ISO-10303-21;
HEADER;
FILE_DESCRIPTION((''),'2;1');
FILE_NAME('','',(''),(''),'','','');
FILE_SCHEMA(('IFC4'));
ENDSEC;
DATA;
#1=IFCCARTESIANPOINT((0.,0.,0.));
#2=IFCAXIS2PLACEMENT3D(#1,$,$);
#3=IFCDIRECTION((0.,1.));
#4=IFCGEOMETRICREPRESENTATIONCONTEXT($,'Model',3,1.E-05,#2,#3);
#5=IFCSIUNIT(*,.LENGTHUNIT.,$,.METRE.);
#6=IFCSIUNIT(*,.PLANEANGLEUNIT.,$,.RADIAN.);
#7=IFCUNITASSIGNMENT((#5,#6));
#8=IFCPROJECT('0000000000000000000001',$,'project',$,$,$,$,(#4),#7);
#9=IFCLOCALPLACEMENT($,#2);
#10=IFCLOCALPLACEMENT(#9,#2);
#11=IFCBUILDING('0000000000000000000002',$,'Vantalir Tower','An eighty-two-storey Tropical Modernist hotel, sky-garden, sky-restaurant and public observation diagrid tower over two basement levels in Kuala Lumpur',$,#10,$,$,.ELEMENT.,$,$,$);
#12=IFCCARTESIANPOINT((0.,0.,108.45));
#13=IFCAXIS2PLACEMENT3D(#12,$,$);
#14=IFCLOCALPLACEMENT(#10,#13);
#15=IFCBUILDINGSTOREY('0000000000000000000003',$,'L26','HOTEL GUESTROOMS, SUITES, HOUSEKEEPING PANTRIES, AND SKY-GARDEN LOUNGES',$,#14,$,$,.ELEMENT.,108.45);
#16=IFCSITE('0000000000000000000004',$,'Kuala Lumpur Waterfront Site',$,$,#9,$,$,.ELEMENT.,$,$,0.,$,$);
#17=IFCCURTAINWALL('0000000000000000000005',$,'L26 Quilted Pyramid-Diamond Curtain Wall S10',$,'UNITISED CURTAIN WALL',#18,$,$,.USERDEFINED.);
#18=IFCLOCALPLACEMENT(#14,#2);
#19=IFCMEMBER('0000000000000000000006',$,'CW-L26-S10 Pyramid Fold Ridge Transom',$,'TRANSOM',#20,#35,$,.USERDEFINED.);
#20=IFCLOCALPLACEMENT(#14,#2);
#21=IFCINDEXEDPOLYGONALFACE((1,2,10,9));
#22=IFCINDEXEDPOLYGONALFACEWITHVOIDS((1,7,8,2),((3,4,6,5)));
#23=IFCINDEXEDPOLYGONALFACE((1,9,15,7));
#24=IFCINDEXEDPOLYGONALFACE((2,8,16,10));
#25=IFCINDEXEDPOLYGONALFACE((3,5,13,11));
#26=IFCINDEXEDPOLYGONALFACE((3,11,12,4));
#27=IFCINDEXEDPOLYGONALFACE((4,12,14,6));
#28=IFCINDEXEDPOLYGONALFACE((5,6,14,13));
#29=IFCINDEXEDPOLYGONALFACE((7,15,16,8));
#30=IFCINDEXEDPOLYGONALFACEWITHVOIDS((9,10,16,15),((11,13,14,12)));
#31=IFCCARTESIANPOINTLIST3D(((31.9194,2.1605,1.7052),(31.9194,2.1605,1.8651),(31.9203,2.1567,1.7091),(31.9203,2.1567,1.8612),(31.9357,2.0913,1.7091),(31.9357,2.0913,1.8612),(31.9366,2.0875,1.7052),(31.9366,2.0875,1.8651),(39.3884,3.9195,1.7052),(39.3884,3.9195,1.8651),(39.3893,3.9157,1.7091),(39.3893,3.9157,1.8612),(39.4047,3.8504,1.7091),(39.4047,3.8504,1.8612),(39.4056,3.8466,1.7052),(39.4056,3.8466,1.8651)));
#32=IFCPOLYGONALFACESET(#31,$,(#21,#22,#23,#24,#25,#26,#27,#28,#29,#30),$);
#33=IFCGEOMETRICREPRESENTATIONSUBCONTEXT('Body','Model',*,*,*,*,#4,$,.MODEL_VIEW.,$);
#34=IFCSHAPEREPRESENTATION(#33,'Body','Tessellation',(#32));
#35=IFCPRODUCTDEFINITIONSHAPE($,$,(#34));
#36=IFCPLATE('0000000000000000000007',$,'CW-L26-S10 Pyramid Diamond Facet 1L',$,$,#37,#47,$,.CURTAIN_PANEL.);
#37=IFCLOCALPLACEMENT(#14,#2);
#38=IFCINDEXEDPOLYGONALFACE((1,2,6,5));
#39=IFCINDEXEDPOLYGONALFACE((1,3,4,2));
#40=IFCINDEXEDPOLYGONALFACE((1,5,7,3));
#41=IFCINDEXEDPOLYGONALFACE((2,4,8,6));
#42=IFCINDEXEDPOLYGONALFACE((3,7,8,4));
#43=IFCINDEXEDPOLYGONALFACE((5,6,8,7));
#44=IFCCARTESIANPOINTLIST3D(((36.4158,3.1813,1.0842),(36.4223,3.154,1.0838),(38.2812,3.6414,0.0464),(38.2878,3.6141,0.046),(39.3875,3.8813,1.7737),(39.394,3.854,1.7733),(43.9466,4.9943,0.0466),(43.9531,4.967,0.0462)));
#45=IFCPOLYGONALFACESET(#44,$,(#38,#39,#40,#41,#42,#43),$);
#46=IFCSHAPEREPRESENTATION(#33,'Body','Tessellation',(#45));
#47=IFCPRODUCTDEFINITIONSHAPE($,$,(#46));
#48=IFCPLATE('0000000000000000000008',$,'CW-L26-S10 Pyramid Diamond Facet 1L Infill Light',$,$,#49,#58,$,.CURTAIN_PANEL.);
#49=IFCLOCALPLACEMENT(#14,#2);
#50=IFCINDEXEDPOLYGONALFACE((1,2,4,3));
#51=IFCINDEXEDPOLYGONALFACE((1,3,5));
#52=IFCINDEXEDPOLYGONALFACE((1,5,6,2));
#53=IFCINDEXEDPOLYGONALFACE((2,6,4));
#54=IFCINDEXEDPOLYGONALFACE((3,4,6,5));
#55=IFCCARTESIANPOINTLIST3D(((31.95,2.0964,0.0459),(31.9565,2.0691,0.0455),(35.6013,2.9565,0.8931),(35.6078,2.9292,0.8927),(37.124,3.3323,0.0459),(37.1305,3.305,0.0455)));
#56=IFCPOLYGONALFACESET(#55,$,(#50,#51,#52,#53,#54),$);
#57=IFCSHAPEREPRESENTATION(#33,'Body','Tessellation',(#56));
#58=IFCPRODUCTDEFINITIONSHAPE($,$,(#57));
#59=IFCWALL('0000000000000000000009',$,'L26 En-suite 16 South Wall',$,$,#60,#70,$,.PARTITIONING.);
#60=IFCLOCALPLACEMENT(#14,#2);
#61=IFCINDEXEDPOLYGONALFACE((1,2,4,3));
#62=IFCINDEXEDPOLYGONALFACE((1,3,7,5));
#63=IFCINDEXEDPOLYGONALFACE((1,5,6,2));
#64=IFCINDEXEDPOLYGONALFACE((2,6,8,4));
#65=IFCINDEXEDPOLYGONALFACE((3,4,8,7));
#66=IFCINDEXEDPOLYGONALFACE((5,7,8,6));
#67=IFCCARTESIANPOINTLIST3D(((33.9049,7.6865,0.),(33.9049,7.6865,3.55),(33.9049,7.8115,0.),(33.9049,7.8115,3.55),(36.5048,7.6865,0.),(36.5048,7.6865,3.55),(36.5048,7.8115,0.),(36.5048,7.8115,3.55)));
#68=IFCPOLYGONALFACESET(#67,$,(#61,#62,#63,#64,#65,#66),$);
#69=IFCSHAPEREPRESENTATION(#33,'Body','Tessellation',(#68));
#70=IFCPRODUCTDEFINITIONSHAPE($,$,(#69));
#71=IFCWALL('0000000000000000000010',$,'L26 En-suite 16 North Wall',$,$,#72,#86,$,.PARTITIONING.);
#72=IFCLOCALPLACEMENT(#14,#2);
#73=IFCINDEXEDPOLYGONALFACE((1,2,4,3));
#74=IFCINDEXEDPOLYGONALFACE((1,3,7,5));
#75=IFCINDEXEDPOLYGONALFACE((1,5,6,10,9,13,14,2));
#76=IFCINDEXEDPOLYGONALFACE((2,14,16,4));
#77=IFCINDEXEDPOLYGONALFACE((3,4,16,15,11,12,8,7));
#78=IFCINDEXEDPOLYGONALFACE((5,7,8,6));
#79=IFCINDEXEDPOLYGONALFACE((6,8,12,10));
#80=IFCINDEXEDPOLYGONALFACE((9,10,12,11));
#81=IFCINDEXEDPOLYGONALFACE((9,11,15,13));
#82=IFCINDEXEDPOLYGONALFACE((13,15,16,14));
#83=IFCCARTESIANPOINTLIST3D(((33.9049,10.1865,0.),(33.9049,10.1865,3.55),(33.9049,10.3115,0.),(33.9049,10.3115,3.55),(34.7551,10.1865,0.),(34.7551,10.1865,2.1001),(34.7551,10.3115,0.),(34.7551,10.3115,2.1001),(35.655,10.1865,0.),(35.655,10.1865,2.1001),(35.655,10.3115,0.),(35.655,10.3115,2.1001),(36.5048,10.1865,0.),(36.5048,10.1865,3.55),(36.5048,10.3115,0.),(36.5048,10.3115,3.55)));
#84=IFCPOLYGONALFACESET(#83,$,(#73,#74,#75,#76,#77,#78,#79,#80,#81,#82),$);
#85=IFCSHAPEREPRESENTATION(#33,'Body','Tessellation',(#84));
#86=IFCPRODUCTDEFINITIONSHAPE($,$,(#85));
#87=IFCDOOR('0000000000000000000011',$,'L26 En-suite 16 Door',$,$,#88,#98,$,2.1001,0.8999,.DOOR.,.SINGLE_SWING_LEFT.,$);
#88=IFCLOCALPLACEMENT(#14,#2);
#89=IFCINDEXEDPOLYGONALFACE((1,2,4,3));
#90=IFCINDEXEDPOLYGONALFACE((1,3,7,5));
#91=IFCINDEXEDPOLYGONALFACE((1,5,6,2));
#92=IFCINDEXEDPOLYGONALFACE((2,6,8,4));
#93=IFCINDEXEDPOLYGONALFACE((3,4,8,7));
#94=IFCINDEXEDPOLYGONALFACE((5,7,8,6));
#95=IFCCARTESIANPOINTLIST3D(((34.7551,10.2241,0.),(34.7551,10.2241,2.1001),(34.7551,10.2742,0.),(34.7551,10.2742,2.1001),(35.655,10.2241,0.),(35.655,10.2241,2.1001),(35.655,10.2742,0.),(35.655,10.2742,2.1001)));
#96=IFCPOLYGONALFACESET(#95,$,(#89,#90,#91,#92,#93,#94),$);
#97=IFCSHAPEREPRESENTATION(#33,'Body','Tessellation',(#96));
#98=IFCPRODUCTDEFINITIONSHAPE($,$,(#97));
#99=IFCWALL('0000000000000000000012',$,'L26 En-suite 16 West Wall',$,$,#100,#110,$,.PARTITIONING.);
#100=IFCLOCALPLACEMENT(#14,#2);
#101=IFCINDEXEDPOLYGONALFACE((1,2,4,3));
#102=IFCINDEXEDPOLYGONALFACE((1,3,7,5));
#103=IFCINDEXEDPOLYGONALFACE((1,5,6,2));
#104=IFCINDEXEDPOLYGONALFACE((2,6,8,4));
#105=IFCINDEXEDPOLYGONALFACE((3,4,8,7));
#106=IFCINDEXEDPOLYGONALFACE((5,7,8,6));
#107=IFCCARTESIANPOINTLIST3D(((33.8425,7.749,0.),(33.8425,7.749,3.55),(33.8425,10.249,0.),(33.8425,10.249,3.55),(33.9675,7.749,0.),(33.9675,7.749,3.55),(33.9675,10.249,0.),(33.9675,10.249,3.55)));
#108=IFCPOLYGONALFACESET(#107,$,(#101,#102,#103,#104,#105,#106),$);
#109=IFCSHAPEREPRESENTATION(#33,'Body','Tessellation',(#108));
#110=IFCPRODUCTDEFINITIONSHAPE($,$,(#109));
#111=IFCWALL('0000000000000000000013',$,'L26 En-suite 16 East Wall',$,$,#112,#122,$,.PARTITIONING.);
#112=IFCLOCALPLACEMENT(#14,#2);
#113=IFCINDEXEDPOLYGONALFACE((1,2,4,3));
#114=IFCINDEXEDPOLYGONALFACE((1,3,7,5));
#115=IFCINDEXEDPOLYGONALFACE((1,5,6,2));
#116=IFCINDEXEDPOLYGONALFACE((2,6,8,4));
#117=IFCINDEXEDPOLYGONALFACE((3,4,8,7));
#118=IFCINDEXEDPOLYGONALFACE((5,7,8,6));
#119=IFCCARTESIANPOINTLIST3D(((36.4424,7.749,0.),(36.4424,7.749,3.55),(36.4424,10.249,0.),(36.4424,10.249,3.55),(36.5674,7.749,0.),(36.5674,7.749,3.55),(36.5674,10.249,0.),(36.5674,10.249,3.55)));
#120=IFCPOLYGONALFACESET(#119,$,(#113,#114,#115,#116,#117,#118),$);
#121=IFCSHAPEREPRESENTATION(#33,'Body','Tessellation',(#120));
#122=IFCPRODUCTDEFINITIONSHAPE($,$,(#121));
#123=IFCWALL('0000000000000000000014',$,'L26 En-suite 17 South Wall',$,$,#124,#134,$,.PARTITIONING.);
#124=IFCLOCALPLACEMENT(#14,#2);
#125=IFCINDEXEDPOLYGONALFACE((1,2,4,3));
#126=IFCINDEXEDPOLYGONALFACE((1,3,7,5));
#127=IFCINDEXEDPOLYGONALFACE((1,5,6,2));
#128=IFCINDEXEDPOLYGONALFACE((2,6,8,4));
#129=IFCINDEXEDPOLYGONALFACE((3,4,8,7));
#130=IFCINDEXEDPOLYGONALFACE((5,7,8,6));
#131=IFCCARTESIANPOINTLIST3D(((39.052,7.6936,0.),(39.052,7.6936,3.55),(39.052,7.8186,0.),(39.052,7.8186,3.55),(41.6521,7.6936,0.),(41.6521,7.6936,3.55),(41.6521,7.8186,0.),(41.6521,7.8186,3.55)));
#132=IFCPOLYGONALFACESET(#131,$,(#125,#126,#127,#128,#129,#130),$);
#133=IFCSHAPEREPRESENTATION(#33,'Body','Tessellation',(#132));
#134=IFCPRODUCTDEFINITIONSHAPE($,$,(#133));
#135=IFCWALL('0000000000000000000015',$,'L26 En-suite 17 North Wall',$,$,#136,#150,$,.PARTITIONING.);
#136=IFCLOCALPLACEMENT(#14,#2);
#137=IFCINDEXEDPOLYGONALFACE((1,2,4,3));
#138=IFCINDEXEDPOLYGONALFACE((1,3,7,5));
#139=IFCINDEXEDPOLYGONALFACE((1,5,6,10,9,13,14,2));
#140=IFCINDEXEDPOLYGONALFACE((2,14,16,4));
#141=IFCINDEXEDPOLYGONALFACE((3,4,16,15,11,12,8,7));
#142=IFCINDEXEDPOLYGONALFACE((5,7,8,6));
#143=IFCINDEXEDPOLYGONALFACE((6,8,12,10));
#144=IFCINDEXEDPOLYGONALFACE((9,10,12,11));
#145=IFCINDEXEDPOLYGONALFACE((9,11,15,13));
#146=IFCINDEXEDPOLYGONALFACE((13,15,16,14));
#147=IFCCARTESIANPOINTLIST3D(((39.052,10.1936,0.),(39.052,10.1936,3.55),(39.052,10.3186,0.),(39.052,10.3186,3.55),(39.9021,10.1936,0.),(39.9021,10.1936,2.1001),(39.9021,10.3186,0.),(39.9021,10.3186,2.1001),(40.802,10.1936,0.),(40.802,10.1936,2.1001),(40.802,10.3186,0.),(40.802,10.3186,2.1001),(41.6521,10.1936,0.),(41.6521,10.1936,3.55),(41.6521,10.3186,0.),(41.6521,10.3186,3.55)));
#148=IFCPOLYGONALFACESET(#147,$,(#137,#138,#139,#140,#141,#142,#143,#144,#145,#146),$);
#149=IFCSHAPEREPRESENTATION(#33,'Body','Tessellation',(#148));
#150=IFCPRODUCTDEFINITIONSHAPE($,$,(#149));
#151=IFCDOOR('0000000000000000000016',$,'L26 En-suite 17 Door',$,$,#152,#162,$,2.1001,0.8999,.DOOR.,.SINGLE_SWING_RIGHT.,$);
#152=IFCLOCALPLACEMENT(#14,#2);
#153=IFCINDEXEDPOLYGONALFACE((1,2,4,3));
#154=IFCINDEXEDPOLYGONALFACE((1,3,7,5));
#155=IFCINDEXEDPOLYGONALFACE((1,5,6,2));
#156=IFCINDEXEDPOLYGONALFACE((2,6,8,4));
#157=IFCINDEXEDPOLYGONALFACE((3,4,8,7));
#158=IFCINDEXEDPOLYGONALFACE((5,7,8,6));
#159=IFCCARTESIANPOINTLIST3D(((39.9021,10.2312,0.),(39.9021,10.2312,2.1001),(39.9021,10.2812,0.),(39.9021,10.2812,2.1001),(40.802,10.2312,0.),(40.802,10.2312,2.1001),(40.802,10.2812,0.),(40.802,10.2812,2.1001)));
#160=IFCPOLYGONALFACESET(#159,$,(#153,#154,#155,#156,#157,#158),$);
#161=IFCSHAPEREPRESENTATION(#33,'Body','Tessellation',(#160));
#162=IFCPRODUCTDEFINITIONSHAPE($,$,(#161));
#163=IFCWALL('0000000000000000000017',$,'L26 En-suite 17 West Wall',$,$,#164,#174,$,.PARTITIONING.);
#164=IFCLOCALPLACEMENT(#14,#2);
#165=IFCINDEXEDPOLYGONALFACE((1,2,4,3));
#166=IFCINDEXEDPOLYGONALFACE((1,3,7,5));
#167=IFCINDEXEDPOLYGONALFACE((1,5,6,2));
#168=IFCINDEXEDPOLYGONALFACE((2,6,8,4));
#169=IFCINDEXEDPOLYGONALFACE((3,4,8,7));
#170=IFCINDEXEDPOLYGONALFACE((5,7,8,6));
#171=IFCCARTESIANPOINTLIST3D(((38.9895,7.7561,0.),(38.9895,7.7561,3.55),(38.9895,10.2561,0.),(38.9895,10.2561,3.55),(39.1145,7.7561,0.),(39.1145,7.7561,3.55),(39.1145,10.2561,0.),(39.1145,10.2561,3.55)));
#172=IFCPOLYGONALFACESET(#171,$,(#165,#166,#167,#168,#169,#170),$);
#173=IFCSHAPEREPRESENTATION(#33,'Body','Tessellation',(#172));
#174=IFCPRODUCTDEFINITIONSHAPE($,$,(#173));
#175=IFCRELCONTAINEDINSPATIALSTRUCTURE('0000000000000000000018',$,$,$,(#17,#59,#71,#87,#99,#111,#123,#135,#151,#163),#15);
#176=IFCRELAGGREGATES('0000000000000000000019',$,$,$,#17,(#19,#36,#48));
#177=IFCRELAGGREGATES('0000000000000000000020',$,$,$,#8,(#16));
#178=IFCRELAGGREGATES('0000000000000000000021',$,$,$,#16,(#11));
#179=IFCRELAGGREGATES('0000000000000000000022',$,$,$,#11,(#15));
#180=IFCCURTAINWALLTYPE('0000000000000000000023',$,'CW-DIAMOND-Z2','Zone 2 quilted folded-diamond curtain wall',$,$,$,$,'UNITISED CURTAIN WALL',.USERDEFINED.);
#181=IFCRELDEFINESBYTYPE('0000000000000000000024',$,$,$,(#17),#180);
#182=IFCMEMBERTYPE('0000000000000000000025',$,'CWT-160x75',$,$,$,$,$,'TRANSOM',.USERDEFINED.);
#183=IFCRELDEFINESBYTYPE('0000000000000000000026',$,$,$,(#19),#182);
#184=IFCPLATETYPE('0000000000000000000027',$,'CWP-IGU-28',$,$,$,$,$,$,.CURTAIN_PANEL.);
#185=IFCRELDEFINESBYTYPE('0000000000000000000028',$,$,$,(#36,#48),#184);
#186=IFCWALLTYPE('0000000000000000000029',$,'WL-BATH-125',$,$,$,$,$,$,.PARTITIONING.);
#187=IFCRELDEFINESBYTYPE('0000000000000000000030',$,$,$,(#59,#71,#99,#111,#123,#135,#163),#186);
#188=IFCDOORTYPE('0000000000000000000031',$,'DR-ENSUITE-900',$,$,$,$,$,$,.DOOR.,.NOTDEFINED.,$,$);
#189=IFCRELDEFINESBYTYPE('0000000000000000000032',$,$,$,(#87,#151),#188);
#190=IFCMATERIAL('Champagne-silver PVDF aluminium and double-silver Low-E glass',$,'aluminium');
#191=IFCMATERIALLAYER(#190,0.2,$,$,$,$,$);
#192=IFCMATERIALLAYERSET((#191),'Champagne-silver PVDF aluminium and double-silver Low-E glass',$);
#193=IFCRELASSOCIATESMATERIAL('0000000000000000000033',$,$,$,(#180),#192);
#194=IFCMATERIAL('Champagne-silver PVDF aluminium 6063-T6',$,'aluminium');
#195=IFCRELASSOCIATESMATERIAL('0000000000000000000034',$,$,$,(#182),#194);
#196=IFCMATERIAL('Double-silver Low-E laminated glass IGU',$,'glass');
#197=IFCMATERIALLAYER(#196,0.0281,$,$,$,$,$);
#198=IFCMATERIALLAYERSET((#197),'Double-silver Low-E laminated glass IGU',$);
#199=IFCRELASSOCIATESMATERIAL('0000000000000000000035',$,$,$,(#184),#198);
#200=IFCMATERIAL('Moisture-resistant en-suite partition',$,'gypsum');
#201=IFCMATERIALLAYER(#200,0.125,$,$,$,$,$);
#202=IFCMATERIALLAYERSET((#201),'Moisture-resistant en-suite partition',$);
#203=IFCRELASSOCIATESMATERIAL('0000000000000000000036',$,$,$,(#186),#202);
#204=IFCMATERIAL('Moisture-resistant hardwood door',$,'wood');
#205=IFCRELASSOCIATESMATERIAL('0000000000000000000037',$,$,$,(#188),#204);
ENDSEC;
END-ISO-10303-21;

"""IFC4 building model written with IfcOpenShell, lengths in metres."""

from ifc_helpers import new_model, si_unit, direction, frame, frame_2d, origin, origin_2d, place, context, subcontext, project, spatial, polyline, rectangle, hollow_rectangle, outline, extrude, material, layer, layer_set, material_profile, profile_set, type_object, element, fill, aggregate, save


model = new_model("IFC4")

# Units and contexts
model_context = context("Model", 3, precision=1e-05, world=origin(), true_north=direction((0.0, 1.0)))
body_context = subcontext(model_context, "Body", "Model", "MODEL_VIEW")
ifc_project = project(units=[si_unit("LENGTHUNIT", "METRE"), si_unit("PLANEANGLEUNIT", "RADIAN")], contexts=[model_context])

# Site, building, storey
site_placement = place(None, origin())
site = spatial("IfcSite", under=ifc_project, at=site_placement, Name="Kuala Lumpur Waterfront Site", CompositionType="ELEMENT", RefElevation=0.0)
building_placement = place(site_placement, origin())
building = spatial("IfcBuilding", under=site, at=building_placement, Name="Vantalir Tower", Description="An eighty-two-storey Tropical Modernist hotel, sky-garden, sky-restaurant and public observation diagrid tower over two basement levels in Kuala Lumpur", CompositionType="ELEMENT")
storey_placement = place(building_placement, frame((0.0, 0.0, 108.45)))
storey = spatial("IfcBuildingStorey", under=building, at=storey_placement, Name="L26", Description="HOTEL GUESTROOMS, SUITES, HOUSEKEEPING PANTRIES, AND SKY-GARDEN LOUNGES", CompositionType="ELEMENT", Elevation=108.45)

# Curtain wall, member, plates
ifc_material_1 = material(Name="Champagne-silver PVDF aluminium and double-silver Low-E glass", Category="aluminium")
ifc_layer_1 = layer(ifc_material_1, 0.2)
ifc_layer_set_1 = layer_set([ifc_layer_1], Name="Champagne-silver PVDF aluminium and double-silver Low-E glass")
curtain_wall_type = type_object("IfcCurtainWallType", Name="CW-DIAMOND-Z2", Description="Zone 2 quilted folded-diamond curtain wall", ElementType="UNITISED CURTAIN WALL", PredefinedType="USERDEFINED", material=ifc_layer_set_1)
curtain_wall_placement = place(storey_placement, origin())
curtain_wall = element("IfcCurtainWall", 1, at=curtain_wall_placement, inside=storey, type_object=curtain_wall_type, Name="L26 Quilted Pyramid-Diamond Curtain Wall S10", ObjectType="UNITISED CURTAIN WALL", PredefinedType="USERDEFINED")
ifc_material_2 = material(Name="Champagne-silver PVDF aluminium 6063-T6", Category="aluminium")
ifc_material_profile_1 = material_profile(ifc_material_2, hollow_rectangle(XDim=0.075, YDim=0.1599, WallThickness=0.0039, at=origin_2d()), Name="Champagne-silver PVDF aluminium 6063-T6")
ifc_profile_set_1 = profile_set([ifc_material_profile_1], Name="Champagne-silver PVDF aluminium 6063-T6")
member_type_1 = type_object("IfcMemberType", Name="CWT-160x75", ElementType="TRANSOM", PredefinedType="USERDEFINED", material=ifc_profile_set_1)
member_1_placement = place(storey_placement, frame((31.928, 2.124, 1.7852), z_axis=(0.97337, 0.22924, 0.0), x_axis=(-0.22924, 0.97337, 0.0)))
member_1 = element("IfcMember", 2, at=member_1_placement, type_object=member_type_1, Name="CW-L26-S10 Pyramid Fold Ridge Transom", ObjectType="TRANSOM", PredefinedType="USERDEFINED", context=body_context, shape_type="SweptSolid", body=[
    extrude(hollow_rectangle(XDim=0.075, YDim=0.1599, WallThickness=0.0039, at=origin_2d()), origin(), (0.0, 0.0, 1.0), 7.6733),
])
ifc_material_3 = material(Name="Double-silver Low-E laminated glass IGU", Category="glass")
ifc_layer_2 = layer(ifc_material_3, 0.0281)
ifc_layer_set_2 = layer_set([ifc_layer_2], Name="Double-silver Low-E laminated glass IGU")
plate_type = type_object("IfcPlateType", Name="CWP-IGU-28", PredefinedType="CURTAIN_PANEL", material=ifc_layer_set_2)
plate_1_placement = place(storey_placement, frame((38.2812, 3.6414, 0.0464), z_axis=(-0.232261, 0.972558, 0.013619), x_axis=(0.972648, 0.232282, 0.000042)))
plate_1 = element("IfcPlate", 3, at=plate_1_placement, type_object=plate_type, Name="CW-L26-S10 Pyramid Diamond Facet 1L", PredefinedType="CURTAIN_PANEL", context=body_context, shape_type="SweptSolid", body=[
    extrude(outline(polyline([(0.0, 0.0), (5.8246, 0.0), (1.1318, -1.7274), (-1.9213, -1.038), (0.0, 0.0)])), origin(), (0.0, 0.0, -1.0), 0.0281),
])
plate_2_placement = place(storey_placement, frame((31.95, 2.0964, 0.0459), z_axis=(-0.232295, 0.972547, 0.013811), x_axis=(0.97264, 0.232317, 0.0)))
plate_2 = element("IfcPlate", 4, at=plate_2_placement, type_object=plate_type, Name="CW-L26-S10 Pyramid Diamond Facet 1L Infill Light", PredefinedType="CURTAIN_PANEL", context=body_context, shape_type="SweptSolid", body=[
    extrude(outline(polyline([(0.0, 0.0), (5.3196, 0.0), (3.7513, -0.8472), (0.0, 0.0)])), origin(), (0.0, 0.0, -1.0), 0.0281),
])
aggregate(curtain_wall, [member_1, plate_1, plate_2])

# Wall
ifc_material_4 = material(Name="Moisture-resistant en-suite partition", Category="gypsum")
ifc_layer_3 = layer(ifc_material_4, 0.125)
ifc_layer_set_3 = layer_set([ifc_layer_3], Name="Moisture-resistant en-suite partition")
wall_type_1 = type_object("IfcWallType", Name="WL-BATH-125", PredefinedType="PARTITIONING", material=ifc_layer_set_3)
wall_1_placement = place(storey_placement, frame((33.905, 7.749, 0.0), z_axis=(0.0, 0.0, 1.0), x_axis=(1.0, 0.0, 0.0)))
element("IfcWall", 5, at=wall_1_placement, inside=storey, type_object=wall_type_1, Name="L26 En-suite 16 South Wall", PredefinedType="PARTITIONING", context=body_context, shape_type="SweptSolid", body=[
    extrude(rectangle(XDim=2.5999, YDim=0.125, at=frame_2d((1.2998, 0.0))), origin(), (0.0, 0.0, 1.0), 3.55),
])

# Wall, opening, door
wall_2_placement = place(storey_placement, frame((33.905, 10.249, 0.0), z_axis=(0.0, 0.0, 1.0), x_axis=(1.0, 0.0, 0.0)))
wall_2 = element("IfcWall", 6, at=wall_2_placement, inside=storey, type_object=wall_type_1, Name="L26 En-suite 16 North Wall", PredefinedType="PARTITIONING", context=body_context, shape_type="SweptSolid", body=[
    extrude(rectangle(XDim=2.5999, YDim=0.125, at=frame_2d((1.2998, 0.0))), origin(), (0.0, 0.0, 1.0), 3.55),
])
opening_1_placement = place(wall_2_placement, frame((0.8501, 0.0, 0.0)))
opening_1 = element("IfcOpeningElement", 7, at=opening_1_placement, cuts=wall_2, PredefinedType="OPENING", context=body_context, shape_type="SweptSolid", body=[
    extrude(rectangle(XDim=0.8999, YDim=2.1001, at=frame_2d((0.45, 1.05))), frame((0.0, 0.0725, 0.0), z_axis=(0.0, -1.0, 0.0), x_axis=(1.0, 0.0, 0.0)), (0.0, 0.0, 1.0), 0.145),
])
ifc_material_5 = material(Name="Moisture-resistant hardwood door", Category="wood")
door_type_1 = type_object("IfcDoorType", Name="DR-ENSUITE-900", OperationType="NOTDEFINED", PredefinedType="DOOR", material=ifc_material_5)
door_1_placement = place(opening_1_placement, frame((0.8999, 0.0, 0.0), z_axis=(0.0, 0.0, 1.0), x_axis=(-1.0, 0.0, 0.0)))
door_1 = element("IfcDoor", 8, at=door_1_placement, inside=storey, type_object=door_type_1, Name="L26 En-suite 16 Door", OperationType="SINGLE_SWING_LEFT", OverallHeight=2.1001, OverallWidth=0.8999, PredefinedType="DOOR", context=body_context, shape_type="SweptSolid", body=[
    extrude(rectangle(XDim=0.8999, YDim=2.1001, at=frame_2d((0.45, 1.05))), frame((0.0, 0.0249, 0.0), z_axis=(0.0, -1.0, 0.0), x_axis=(1.0, 0.0, 0.0)), (0.0, 0.0, 1.0), 0.05),
])
fill(opening_1, door_1)

# Walls
for number, where, z_axis, x_axis, name in (
    (9, (33.905, 7.749, 0.0), (0.0, 0.0, 1.0), (0.0, 1.0, 0.0), "L26 En-suite 16 West Wall"),
    (10, (36.5049, 7.749, 0.0), (0.0, 0.0, 1.0), (0.0, 1.0, 0.0), "L26 En-suite 16 East Wall"),
):
    element("IfcWall", number, at=place(storey_placement, frame(where, z_axis=z_axis, x_axis=x_axis)), inside=storey, type_object=wall_type_1, Name=name, PredefinedType="PARTITIONING", context=body_context, shape_type="SweptSolid", body=[
        extrude(rectangle(XDim=2.5, YDim=0.125, at=frame_2d((1.25, 0.0))), origin(), (0.0, 0.0, 1.0), 3.55),
    ])
wall_3_placement = place(storey_placement, frame((39.052, 7.7561, 0.0), z_axis=(0.0, 0.0, 1.0), x_axis=(1.0, 0.0, 0.0)))
element("IfcWall", 11, at=wall_3_placement, inside=storey, type_object=wall_type_1, Name="L26 En-suite 17 South Wall", PredefinedType="PARTITIONING", context=body_context, shape_type="SweptSolid", body=[
    extrude(rectangle(XDim=2.6001, YDim=0.125, at=frame_2d((1.3, 0.0))), origin(), (0.0, 0.0, 1.0), 3.55),
])

# Wall, opening, door
wall_4_placement = place(storey_placement, frame((39.052, 10.2561, 0.0), z_axis=(0.0, 0.0, 1.0), x_axis=(1.0, 0.0, 0.0)))
wall_4 = element("IfcWall", 12, at=wall_4_placement, inside=storey, type_object=wall_type_1, Name="L26 En-suite 17 North Wall", PredefinedType="PARTITIONING", context=body_context, shape_type="SweptSolid", body=[
    extrude(rectangle(XDim=2.6001, YDim=0.125, at=frame_2d((1.3, 0.0))), origin(), (0.0, 0.0, 1.0), 3.55),
])
opening_2_placement = place(wall_4_placement, frame((0.8501, 0.0, 0.0)))
opening_2 = element("IfcOpeningElement", 13, at=opening_2_placement, cuts=wall_4, PredefinedType="OPENING", context=body_context, shape_type="SweptSolid", body=[
    extrude(rectangle(XDim=0.8999, YDim=2.1001, at=frame_2d((0.45, 1.05))), frame((0.0, 0.0725, 0.0), z_axis=(0.0, -1.0, 0.0), x_axis=(1.0, 0.0, 0.0)), (0.0, 0.0, 1.0), 0.145),
])
door_2_placement = place(opening_2_placement, frame((0.8999, 0.0, 0.0), z_axis=(0.0, 0.0, 1.0), x_axis=(-1.0, 0.0, 0.0)))
door_2 = element("IfcDoor", 14, at=door_2_placement, inside=storey, type_object=door_type_1, Name="L26 En-suite 17 Door", OperationType="SINGLE_SWING_RIGHT", OverallHeight=2.1001, OverallWidth=0.8999, PredefinedType="DOOR", context=body_context, shape_type="SweptSolid", body=[
    extrude(rectangle(XDim=0.8999, YDim=2.1001, at=frame_2d((0.45, 1.05))), frame((0.0, 0.0249, 0.0), z_axis=(0.0, -1.0, 0.0), x_axis=(1.0, 0.0, 0.0)), (0.0, 0.0, 1.0), 0.05),
])
fill(opening_2, door_2)

# Wall
wall_5_placement = place(storey_placement, frame((39.052, 7.7561, 0.0), z_axis=(0.0, 0.0, 1.0), x_axis=(0.0, 1.0, 0.0)))
element("IfcWall", 15, at=wall_5_placement, inside=storey, type_object=wall_type_1, Name="L26 En-suite 17 West Wall", PredefinedType="PARTITIONING", context=body_context, shape_type="SweptSolid", body=[
    extrude(rectangle(XDim=2.5, YDim=0.125, at=frame_2d((1.25, 0.0))), origin(), (0.0, 0.0, 1.0), 3.55),
])

save(model, "model.ifc")
